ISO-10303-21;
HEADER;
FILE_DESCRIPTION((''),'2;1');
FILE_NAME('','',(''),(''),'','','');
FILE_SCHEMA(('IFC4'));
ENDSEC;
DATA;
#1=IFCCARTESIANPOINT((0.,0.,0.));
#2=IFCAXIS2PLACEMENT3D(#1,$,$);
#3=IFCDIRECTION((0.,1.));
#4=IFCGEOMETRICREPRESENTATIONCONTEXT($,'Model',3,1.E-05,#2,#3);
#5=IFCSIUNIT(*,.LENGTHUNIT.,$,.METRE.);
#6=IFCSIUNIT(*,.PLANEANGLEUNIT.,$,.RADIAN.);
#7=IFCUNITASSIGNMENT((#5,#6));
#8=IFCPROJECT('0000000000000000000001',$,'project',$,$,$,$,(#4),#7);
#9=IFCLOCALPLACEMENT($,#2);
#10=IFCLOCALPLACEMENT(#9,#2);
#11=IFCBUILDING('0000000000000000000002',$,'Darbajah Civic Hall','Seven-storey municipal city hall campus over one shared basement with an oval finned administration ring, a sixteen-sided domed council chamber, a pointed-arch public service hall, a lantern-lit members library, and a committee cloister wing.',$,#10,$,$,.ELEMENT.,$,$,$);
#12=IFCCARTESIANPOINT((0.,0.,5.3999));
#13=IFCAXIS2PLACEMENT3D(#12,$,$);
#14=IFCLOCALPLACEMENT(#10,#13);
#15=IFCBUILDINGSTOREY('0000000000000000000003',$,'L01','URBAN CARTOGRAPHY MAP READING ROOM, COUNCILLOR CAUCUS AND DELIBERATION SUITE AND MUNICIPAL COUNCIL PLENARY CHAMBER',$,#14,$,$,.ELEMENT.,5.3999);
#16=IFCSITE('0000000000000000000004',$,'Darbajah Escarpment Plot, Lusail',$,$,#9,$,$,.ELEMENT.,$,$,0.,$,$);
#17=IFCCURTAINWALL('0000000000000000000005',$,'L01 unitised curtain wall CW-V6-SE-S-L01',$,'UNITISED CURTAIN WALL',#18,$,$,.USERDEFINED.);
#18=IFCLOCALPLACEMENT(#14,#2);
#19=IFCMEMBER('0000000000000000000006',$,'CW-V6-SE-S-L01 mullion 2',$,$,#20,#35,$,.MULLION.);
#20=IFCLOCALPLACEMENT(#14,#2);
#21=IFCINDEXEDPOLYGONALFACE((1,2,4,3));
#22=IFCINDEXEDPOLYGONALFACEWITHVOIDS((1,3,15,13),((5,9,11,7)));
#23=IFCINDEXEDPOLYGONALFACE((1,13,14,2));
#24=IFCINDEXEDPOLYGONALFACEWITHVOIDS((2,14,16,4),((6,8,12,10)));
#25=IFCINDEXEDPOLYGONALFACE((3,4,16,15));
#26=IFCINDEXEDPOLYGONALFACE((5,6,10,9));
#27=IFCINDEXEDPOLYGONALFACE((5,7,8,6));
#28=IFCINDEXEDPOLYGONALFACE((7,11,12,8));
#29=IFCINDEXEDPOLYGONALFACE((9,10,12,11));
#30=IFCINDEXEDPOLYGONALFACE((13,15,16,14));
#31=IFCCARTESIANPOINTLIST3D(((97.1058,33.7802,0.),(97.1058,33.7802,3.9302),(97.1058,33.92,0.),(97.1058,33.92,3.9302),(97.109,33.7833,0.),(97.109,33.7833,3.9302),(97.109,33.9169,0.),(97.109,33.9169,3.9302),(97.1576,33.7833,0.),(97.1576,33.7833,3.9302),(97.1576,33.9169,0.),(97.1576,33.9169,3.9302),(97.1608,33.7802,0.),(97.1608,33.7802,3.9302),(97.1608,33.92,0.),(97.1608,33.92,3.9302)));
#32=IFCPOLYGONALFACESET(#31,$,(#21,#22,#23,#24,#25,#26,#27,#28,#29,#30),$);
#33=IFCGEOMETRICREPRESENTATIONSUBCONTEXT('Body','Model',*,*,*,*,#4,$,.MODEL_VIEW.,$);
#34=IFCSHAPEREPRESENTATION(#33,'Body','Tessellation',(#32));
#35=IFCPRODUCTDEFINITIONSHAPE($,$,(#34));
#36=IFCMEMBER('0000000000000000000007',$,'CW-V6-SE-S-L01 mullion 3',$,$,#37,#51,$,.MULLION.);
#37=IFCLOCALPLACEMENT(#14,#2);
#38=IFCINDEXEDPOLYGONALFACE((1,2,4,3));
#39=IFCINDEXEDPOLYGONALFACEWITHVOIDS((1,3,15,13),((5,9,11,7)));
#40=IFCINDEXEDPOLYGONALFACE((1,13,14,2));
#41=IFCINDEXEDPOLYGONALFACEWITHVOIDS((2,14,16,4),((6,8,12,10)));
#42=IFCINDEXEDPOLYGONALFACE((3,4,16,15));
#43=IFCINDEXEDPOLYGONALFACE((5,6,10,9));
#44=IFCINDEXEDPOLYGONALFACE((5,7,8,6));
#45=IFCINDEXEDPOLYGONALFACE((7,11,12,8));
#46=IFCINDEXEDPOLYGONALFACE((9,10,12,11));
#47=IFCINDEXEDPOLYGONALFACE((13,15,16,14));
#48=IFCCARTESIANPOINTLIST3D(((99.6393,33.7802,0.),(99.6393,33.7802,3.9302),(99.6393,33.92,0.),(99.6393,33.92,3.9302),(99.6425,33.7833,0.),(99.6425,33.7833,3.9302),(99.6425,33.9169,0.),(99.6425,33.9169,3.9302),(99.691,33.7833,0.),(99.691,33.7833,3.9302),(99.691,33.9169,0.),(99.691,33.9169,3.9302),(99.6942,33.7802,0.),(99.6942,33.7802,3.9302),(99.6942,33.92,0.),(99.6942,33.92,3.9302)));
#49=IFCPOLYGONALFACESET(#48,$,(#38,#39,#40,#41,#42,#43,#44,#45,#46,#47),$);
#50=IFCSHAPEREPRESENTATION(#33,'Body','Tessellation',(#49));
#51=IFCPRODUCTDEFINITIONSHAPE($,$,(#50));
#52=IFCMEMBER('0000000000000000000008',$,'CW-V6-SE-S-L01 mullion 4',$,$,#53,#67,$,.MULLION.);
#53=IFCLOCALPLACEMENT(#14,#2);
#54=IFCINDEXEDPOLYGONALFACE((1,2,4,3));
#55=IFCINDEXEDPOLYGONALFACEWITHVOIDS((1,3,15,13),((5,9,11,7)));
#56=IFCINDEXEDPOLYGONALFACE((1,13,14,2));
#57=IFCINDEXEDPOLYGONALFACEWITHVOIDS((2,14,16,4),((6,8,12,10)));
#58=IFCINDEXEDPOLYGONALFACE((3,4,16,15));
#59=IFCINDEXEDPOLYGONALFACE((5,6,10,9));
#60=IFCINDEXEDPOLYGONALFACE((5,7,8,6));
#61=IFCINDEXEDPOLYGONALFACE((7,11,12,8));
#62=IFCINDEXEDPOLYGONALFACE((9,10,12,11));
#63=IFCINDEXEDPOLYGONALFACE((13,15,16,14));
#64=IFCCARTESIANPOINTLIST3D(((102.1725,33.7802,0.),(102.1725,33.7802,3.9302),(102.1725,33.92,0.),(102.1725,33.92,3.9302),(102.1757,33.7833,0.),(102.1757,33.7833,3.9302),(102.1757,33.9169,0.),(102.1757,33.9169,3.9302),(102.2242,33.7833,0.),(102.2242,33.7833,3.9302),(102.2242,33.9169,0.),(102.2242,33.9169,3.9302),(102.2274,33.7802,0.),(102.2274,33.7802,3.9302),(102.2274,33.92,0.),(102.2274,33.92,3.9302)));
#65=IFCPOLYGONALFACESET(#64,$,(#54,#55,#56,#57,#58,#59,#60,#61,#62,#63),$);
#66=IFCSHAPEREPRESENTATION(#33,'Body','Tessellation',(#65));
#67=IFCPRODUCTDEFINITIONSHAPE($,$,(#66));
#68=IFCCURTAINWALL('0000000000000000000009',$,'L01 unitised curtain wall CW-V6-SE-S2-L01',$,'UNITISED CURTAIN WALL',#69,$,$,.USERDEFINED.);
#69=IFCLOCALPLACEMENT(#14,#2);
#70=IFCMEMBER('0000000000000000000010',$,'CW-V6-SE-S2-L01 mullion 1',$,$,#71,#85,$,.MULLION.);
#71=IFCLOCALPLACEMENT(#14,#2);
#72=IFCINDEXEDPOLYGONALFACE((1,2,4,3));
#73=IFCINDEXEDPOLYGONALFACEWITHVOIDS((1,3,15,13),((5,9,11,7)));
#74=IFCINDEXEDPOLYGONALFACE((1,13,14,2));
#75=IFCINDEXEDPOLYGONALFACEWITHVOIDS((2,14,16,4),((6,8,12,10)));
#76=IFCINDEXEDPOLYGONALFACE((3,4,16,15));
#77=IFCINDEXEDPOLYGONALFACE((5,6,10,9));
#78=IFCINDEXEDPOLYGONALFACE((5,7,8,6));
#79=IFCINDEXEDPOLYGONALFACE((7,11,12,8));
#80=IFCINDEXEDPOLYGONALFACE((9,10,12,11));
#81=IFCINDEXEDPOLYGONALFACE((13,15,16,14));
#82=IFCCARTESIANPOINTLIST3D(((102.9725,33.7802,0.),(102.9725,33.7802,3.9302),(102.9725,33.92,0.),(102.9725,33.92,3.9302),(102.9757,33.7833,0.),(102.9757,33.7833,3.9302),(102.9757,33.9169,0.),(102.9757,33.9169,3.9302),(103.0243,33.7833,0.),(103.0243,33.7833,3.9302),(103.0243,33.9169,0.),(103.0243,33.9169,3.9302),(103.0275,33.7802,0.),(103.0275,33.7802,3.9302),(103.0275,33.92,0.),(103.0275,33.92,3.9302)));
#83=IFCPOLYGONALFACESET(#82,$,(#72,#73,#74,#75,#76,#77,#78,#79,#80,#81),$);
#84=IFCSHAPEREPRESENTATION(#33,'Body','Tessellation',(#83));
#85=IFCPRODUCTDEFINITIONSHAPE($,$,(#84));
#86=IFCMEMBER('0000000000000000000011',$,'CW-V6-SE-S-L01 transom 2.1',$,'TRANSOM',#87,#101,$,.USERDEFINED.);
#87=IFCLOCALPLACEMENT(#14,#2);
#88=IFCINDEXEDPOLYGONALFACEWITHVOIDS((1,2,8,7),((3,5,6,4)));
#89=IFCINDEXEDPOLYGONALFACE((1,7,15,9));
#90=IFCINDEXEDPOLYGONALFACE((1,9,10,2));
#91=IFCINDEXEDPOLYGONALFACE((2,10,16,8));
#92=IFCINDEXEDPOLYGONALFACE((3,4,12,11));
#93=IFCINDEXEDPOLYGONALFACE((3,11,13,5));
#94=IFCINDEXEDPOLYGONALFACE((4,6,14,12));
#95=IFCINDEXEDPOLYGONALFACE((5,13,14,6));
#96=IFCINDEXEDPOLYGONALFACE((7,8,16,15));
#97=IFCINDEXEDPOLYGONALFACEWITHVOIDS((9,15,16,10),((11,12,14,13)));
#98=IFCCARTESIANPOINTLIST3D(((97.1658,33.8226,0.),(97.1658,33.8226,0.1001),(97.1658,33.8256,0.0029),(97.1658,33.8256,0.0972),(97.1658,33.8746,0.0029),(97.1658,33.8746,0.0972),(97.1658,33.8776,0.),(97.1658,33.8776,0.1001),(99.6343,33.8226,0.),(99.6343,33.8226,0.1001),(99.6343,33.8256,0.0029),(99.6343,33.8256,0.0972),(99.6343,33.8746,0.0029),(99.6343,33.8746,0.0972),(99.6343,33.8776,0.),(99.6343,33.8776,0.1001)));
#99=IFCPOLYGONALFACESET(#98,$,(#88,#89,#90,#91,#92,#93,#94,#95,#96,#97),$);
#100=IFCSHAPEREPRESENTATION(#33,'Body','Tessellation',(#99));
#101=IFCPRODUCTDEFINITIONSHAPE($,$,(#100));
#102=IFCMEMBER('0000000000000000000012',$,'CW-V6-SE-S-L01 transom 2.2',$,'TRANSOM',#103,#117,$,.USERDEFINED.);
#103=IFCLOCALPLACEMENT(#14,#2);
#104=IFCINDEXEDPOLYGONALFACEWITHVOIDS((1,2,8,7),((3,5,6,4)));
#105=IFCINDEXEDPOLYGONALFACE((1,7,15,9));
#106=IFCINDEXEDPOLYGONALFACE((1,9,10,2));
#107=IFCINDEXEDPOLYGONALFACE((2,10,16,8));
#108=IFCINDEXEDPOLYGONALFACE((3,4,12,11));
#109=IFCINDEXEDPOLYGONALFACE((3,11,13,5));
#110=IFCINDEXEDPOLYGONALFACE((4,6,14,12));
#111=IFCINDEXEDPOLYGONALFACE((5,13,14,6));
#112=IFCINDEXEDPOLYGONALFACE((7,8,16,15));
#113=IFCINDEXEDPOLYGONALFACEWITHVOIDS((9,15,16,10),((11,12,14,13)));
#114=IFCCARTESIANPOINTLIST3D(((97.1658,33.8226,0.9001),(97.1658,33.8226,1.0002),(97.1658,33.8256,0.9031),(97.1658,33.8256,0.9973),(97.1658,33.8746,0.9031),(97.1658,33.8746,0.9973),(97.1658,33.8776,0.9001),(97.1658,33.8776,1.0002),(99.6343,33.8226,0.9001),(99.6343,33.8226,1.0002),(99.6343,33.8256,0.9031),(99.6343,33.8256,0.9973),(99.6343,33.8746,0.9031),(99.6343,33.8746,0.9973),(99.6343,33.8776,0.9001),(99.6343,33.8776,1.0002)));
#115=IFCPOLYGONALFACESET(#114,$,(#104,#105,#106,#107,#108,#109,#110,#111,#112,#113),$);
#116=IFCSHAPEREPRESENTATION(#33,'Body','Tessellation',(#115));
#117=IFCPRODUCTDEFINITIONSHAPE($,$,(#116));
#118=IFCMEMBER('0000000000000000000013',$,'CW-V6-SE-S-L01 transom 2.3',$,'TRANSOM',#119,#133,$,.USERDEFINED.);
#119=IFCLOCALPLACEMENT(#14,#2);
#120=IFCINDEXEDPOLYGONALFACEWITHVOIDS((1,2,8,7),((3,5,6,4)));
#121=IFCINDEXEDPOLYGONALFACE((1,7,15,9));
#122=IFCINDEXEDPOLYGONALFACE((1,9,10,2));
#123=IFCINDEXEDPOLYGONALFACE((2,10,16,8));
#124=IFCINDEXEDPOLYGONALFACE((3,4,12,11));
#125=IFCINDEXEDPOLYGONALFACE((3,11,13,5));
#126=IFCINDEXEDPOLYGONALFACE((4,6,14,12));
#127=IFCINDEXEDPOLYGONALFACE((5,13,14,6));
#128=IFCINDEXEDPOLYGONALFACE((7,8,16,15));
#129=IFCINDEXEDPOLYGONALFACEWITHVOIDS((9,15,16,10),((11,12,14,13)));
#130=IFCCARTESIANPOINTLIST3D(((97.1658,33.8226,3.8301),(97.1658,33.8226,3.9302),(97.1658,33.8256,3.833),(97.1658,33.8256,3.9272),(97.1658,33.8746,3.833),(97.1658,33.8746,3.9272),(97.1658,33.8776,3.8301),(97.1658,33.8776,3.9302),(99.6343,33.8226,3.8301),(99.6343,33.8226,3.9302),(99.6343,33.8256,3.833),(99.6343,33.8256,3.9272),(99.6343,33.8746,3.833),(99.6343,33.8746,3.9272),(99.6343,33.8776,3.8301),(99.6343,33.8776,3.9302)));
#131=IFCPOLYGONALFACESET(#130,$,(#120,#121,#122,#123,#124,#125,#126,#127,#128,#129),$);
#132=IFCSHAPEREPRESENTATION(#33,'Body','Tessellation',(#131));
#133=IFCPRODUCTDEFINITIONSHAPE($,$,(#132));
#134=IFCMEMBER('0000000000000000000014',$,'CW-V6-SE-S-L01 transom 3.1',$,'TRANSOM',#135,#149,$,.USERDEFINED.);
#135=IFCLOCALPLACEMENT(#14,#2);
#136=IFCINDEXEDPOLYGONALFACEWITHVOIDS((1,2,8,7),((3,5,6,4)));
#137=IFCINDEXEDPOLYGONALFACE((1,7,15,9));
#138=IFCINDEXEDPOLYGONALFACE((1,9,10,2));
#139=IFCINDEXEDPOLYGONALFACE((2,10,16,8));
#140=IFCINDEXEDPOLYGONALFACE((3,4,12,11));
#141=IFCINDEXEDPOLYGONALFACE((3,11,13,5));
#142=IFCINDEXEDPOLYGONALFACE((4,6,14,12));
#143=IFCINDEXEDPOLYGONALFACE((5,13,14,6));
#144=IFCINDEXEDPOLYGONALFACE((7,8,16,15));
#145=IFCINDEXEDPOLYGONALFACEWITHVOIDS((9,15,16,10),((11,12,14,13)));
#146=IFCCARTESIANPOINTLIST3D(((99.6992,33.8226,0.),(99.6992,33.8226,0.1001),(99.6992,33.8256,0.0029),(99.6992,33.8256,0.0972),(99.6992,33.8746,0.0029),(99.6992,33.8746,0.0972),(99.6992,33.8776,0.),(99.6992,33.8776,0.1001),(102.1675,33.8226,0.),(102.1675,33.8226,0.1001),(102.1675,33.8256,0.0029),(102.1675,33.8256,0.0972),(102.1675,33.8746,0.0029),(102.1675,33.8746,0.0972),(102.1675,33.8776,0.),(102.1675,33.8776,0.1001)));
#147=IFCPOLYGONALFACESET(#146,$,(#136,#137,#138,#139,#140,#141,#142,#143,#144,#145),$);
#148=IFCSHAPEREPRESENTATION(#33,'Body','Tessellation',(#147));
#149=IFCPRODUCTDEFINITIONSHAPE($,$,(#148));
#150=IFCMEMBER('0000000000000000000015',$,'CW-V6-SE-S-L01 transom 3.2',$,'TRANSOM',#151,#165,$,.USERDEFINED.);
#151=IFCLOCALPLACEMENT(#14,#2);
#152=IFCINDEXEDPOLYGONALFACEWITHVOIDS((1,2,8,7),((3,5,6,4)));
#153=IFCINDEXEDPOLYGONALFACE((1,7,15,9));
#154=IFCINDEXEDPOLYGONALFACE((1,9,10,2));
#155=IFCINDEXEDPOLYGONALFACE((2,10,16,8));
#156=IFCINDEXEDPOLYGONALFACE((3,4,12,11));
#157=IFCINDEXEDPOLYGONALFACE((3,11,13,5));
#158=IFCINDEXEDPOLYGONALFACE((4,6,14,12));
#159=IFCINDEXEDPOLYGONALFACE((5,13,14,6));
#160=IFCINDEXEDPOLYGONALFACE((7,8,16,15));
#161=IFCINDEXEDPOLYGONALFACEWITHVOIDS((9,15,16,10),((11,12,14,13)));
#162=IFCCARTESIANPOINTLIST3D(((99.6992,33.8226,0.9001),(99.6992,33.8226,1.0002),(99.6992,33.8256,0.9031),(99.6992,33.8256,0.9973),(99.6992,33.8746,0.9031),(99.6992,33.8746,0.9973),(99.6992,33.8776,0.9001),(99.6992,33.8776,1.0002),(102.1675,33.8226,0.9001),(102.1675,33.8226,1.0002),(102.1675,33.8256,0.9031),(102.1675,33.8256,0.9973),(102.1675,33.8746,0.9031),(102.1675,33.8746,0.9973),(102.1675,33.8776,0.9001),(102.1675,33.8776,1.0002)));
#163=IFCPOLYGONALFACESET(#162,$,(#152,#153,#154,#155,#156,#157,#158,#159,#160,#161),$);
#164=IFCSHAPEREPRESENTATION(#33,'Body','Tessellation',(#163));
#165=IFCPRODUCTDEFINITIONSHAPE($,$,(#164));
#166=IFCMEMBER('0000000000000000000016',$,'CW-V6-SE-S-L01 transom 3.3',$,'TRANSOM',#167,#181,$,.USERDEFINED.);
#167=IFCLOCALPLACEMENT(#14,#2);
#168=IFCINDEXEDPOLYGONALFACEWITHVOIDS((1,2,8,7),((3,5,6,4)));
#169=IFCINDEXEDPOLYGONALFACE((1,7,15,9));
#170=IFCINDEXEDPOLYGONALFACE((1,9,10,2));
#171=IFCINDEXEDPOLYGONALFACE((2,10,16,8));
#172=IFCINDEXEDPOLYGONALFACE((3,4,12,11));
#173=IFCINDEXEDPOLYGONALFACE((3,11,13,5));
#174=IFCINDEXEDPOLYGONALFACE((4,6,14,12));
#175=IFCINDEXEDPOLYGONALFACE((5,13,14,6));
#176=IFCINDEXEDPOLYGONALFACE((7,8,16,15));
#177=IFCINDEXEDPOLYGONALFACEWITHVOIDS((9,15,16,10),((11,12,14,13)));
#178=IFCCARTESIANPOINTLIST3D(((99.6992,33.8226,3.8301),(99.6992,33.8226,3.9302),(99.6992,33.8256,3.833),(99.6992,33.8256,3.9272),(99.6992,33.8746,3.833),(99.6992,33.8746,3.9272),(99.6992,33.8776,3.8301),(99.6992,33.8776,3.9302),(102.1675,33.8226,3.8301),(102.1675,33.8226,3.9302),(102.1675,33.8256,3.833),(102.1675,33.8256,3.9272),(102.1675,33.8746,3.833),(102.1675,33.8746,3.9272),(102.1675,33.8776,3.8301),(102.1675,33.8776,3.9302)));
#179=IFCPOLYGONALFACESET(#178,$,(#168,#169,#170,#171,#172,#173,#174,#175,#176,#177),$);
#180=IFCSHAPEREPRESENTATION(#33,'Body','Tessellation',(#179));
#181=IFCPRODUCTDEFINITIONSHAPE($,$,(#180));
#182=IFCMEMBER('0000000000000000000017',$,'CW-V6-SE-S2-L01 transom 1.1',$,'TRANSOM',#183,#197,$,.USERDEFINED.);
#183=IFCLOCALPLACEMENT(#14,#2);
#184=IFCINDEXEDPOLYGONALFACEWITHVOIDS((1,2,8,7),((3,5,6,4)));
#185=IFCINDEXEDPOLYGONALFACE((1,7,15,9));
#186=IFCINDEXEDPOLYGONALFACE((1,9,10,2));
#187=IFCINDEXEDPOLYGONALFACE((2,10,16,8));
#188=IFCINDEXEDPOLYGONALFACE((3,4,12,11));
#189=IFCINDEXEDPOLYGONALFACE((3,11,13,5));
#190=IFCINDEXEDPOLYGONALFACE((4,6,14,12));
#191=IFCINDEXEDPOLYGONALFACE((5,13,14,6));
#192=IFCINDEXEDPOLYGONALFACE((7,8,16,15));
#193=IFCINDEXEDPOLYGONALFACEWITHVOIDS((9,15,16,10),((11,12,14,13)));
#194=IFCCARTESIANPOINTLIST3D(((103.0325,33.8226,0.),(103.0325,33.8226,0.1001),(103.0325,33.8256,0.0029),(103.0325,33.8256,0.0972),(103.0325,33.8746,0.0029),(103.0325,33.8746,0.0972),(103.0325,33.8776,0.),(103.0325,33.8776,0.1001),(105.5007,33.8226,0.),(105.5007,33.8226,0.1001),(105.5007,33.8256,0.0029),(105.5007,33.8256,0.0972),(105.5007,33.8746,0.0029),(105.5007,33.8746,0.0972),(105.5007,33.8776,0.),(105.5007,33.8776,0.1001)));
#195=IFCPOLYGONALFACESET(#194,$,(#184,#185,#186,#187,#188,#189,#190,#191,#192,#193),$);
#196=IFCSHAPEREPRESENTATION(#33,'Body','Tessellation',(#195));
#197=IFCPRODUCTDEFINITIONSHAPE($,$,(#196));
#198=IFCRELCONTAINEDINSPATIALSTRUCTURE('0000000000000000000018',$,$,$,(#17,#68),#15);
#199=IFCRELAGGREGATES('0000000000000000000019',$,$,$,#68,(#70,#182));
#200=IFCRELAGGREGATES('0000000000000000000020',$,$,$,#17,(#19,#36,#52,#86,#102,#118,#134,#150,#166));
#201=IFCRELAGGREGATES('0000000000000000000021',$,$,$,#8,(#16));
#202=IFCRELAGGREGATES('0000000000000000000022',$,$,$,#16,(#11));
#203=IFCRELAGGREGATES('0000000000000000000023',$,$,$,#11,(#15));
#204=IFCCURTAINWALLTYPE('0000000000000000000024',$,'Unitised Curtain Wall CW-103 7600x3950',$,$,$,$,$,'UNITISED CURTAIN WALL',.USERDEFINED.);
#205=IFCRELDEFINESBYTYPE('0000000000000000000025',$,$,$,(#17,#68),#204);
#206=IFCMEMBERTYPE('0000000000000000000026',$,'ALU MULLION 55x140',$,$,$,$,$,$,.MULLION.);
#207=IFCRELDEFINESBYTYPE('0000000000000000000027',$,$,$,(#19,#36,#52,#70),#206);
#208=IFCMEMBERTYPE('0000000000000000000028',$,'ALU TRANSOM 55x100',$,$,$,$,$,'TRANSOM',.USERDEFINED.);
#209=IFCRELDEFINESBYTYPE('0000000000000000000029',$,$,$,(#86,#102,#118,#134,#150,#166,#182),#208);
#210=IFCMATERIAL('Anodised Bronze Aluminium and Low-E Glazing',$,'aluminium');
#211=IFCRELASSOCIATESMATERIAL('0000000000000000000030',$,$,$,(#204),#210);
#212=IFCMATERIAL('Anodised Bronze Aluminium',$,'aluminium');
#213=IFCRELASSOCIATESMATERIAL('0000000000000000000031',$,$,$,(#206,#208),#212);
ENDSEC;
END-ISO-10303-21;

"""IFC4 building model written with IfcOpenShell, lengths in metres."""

from ifc_helpers import new_model, si_unit, direction, frame, origin, origin_2d, place, context, subcontext, project, spatial, hollow_rectangle, extrude, material, material_profile, profile_set, type_object, element, aggregate, save


model = new_model("IFC4")

# Units and contexts
model_context = context("Model", 3, precision=1e-05, world=origin(), true_north=direction((0.0, 1.0)))
body_context = subcontext(model_context, "Body", "Model", "MODEL_VIEW")
ifc_project = project(units=[si_unit("LENGTHUNIT", "METRE"), si_unit("PLANEANGLEUNIT", "RADIAN")], contexts=[model_context])

# Site, building, storey
site_placement = place(None, origin())
site = spatial("IfcSite", under=ifc_project, at=site_placement, Name="Darbajah Escarpment Plot, Lusail", CompositionType="ELEMENT", RefElevation=0.0)
building_placement = place(site_placement, origin())
building = spatial("IfcBuilding", under=site, at=building_placement, Name="Darbajah Civic Hall", Description="Seven-storey municipal city hall campus over one shared basement with an oval finned administration ring, a sixteen-sided domed council chamber, a pointed-arch public service hall, a lantern-lit members library, and a committee cloister wing.", CompositionType="ELEMENT")
storey_placement = place(building_placement, frame((0.0, 0.0, 5.3999)))
storey = spatial("IfcBuildingStorey", under=building, at=storey_placement, Name="L01", Description="URBAN CARTOGRAPHY MAP READING ROOM, COUNCILLOR CAUCUS AND DELIBERATION SUITE AND MUNICIPAL COUNCIL PLENARY CHAMBER", CompositionType="ELEMENT", Elevation=5.3999)

# Curtain wall, members
ifc_material_1 = material(Name="Anodised Bronze Aluminium and Low-E Glazing", Category="aluminium")
curtain_wall_type = type_object("IfcCurtainWallType", Name="Unitised Curtain Wall CW-103 7600x3950", ElementType="UNITISED CURTAIN WALL", PredefinedType="USERDEFINED", material=ifc_material_1)
curtain_wall_1_placement = place(storey_placement, origin())
curtain_wall_1 = element("IfcCurtainWall", 1, at=curtain_wall_1_placement, inside=storey, type_object=curtain_wall_type, Name="L01 unitised curtain wall CW-V6-SE-S-L01", ObjectType="UNITISED CURTAIN WALL", PredefinedType="USERDEFINED")
ifc_material_2 = material(Name="Anodised Bronze Aluminium", Category="aluminium")
ifc_material_profile_1 = material_profile(ifc_material_2, hollow_rectangle(XDim=0.0549, YDim=0.1399, WallThickness=0.0032, at=origin_2d()), Name="ALU MULLION 55x140")
ifc_profile_set_1 = profile_set([ifc_material_profile_1], Name="Anodised Bronze Aluminium")
member_type_1 = type_object("IfcMemberType", Name="ALU MULLION 55x140", PredefinedType="MULLION", material=ifc_profile_set_1)
member_1_placement = place(storey_placement, frame((97.1333, 33.8501, 0.0), z_axis=(0.0, 0.0, 1.0), x_axis=(1.0, 0.0, 0.0)))
member_1 = element("IfcMember", 2, at=member_1_placement, type_object=member_type_1, Name="CW-V6-SE-S-L01 mullion 2", PredefinedType="MULLION", context=body_context, shape_type="SweptSolid", body=[
    extrude(hollow_rectangle(XDim=0.0549, YDim=0.1399, WallThickness=0.0032, at=origin_2d()), origin(), (0.0, 0.0, 1.0), 3.9302),
])
member_2_placement = place(storey_placement, frame((99.6667, 33.8501, 0.0), z_axis=(0.0, 0.0, 1.0), x_axis=(1.0, 0.0, 0.0)))
member_2 = element("IfcMember", 3, at=member_2_placement, type_object=member_type_1, Name="CW-V6-SE-S-L01 mullion 3", PredefinedType="MULLION", context=body_context, shape_type="SweptSolid", body=[
    extrude(hollow_rectangle(XDim=0.0549, YDim=0.1399, WallThickness=0.0032, at=origin_2d()), origin(), (0.0, 0.0, 1.0), 3.9302),
])
member_3_placement = place(storey_placement, frame((102.2, 33.8501, 0.0), z_axis=(0.0, 0.0, 1.0), x_axis=(1.0, 0.0, 0.0)))
member_3 = element("IfcMember", 4, at=member_3_placement, type_object=member_type_1, Name="CW-V6-SE-S-L01 mullion 4", PredefinedType="MULLION", context=body_context, shape_type="SweptSolid", body=[
    extrude(hollow_rectangle(XDim=0.0549, YDim=0.1399, WallThickness=0.0032, at=origin_2d()), origin(), (0.0, 0.0, 1.0), 3.9302),
])

# Curtain wall, member
curtain_wall_2_placement = place(storey_placement, origin())
curtain_wall_2 = element("IfcCurtainWall", 5, at=curtain_wall_2_placement, inside=storey, type_object=curtain_wall_type, Name="L01 unitised curtain wall CW-V6-SE-S2-L01", ObjectType="UNITISED CURTAIN WALL", PredefinedType="USERDEFINED")
member_4_placement = place(storey_placement, frame((103.0, 33.8501, 0.0), z_axis=(0.0, 0.0, 1.0), x_axis=(1.0, 0.0, 0.0)))
member_4 = element("IfcMember", 6, at=member_4_placement, type_object=member_type_1, Name="CW-V6-SE-S2-L01 mullion 1", PredefinedType="MULLION", context=body_context, shape_type="SweptSolid", body=[
    extrude(hollow_rectangle(XDim=0.0549, YDim=0.1399, WallThickness=0.0032, at=origin_2d()), origin(), (0.0, 0.0, 1.0), 3.9302),
])

# Members
ifc_material_profile_2 = material_profile(ifc_material_2, hollow_rectangle(XDim=0.0549, YDim=0.1001, WallThickness=0.0029, at=origin_2d()), Name="ALU TRANSOM 55x100")
ifc_profile_set_2 = profile_set([ifc_material_profile_2], Name="Anodised Bronze Aluminium")
member_type_2 = type_object("IfcMemberType", Name="ALU TRANSOM 55x100", ElementType="TRANSOM", PredefinedType="USERDEFINED", material=ifc_profile_set_2)
member_5_placement = place(storey_placement, frame((97.1658, 33.8501, 0.05), z_axis=(1.0, 0.0, 0.0), x_axis=(0.0, 1.0, 0.0)))
member_5 = element("IfcMember", 7, at=member_5_placement, type_object=member_type_2, Name="CW-V6-SE-S-L01 transom 2.1", ObjectType="TRANSOM", PredefinedType="USERDEFINED", context=body_context, shape_type="SweptSolid", body=[
    extrude(hollow_rectangle(XDim=0.0549, YDim=0.1001, WallThickness=0.0029, at=origin_2d()), origin(), (0.0, 0.0, 1.0), 2.4685),
])
member_6_placement = place(storey_placement, frame((97.1658, 33.8501, 0.9502), z_axis=(1.0, 0.0, 0.0), x_axis=(0.0, 1.0, 0.0)))
member_6 = element("IfcMember", 8, at=member_6_placement, type_object=member_type_2, Name="CW-V6-SE-S-L01 transom 2.2", ObjectType="TRANSOM", PredefinedType="USERDEFINED", context=body_context, shape_type="SweptSolid", body=[
    extrude(hollow_rectangle(XDim=0.0549, YDim=0.1001, WallThickness=0.0029, at=origin_2d()), origin(), (0.0, 0.0, 1.0), 2.4685),
])
member_7_placement = place(storey_placement, frame((97.1658, 33.8501, 3.8801), z_axis=(1.0, 0.0, 0.0), x_axis=(0.0, 1.0, 0.0)))
member_7 = element("IfcMember", 9, at=member_7_placement, type_object=member_type_2, Name="CW-V6-SE-S-L01 transom 2.3", ObjectType="TRANSOM", PredefinedType="USERDEFINED", context=body_context, shape_type="SweptSolid", body=[
    extrude(hollow_rectangle(XDim=0.0549, YDim=0.1001, WallThickness=0.0029, at=origin_2d()), origin(), (0.0, 0.0, 1.0), 2.4685),
])
member_8_placement = place(storey_placement, frame((99.6992, 33.8501, 0.05), z_axis=(1.0, 0.0, 0.0), x_axis=(0.0, 1.0, 0.0)))
member_8 = element("IfcMember", 10, at=member_8_placement, type_object=member_type_2, Name="CW-V6-SE-S-L01 transom 3.1", ObjectType="TRANSOM", PredefinedType="USERDEFINED", context=body_context, shape_type="SweptSolid", body=[
    extrude(hollow_rectangle(XDim=0.0549, YDim=0.1001, WallThickness=0.0029, at=origin_2d()), origin(), (0.0, 0.0, 1.0), 2.4683),
])
member_9_placement = place(storey_placement, frame((99.6992, 33.8501, 0.9502), z_axis=(1.0, 0.0, 0.0), x_axis=(0.0, 1.0, 0.0)))
member_9 = element("IfcMember", 11, at=member_9_placement, type_object=member_type_2, Name="CW-V6-SE-S-L01 transom 3.2", ObjectType="TRANSOM", PredefinedType="USERDEFINED", context=body_context, shape_type="SweptSolid", body=[
    extrude(hollow_rectangle(XDim=0.0549, YDim=0.1001, WallThickness=0.0029, at=origin_2d()), origin(), (0.0, 0.0, 1.0), 2.4683),
])
member_10_placement = place(storey_placement, frame((99.6992, 33.8501, 3.8801), z_axis=(1.0, 0.0, 0.0), x_axis=(0.0, 1.0, 0.0)))
member_10 = element("IfcMember", 12, at=member_10_placement, type_object=member_type_2, Name="CW-V6-SE-S-L01 transom 3.3", ObjectType="TRANSOM", PredefinedType="USERDEFINED", context=body_context, shape_type="SweptSolid", body=[
    extrude(hollow_rectangle(XDim=0.0549, YDim=0.1001, WallThickness=0.0029, at=origin_2d()), origin(), (0.0, 0.0, 1.0), 2.4683),
])
member_11_placement = place(storey_placement, frame((103.0325, 33.8501, 0.05), z_axis=(1.0, 0.0, 0.0), x_axis=(0.0, 1.0, 0.0)))
member_11 = element("IfcMember", 13, at=member_11_placement, type_object=member_type_2, Name="CW-V6-SE-S2-L01 transom 1.1", ObjectType="TRANSOM", PredefinedType="USERDEFINED", context=body_context, shape_type="SweptSolid", body=[
    extrude(hollow_rectangle(XDim=0.0549, YDim=0.1001, WallThickness=0.0029, at=origin_2d()), origin(), (0.0, 0.0, 1.0), 2.4683),
])
aggregate(curtain_wall_2, [member_4, member_11])

aggregate(curtain_wall_1, [member_1, member_2, member_3, member_5, member_6, member_7, member_8, member_9, member_10])

save(model, "model.ifc")
